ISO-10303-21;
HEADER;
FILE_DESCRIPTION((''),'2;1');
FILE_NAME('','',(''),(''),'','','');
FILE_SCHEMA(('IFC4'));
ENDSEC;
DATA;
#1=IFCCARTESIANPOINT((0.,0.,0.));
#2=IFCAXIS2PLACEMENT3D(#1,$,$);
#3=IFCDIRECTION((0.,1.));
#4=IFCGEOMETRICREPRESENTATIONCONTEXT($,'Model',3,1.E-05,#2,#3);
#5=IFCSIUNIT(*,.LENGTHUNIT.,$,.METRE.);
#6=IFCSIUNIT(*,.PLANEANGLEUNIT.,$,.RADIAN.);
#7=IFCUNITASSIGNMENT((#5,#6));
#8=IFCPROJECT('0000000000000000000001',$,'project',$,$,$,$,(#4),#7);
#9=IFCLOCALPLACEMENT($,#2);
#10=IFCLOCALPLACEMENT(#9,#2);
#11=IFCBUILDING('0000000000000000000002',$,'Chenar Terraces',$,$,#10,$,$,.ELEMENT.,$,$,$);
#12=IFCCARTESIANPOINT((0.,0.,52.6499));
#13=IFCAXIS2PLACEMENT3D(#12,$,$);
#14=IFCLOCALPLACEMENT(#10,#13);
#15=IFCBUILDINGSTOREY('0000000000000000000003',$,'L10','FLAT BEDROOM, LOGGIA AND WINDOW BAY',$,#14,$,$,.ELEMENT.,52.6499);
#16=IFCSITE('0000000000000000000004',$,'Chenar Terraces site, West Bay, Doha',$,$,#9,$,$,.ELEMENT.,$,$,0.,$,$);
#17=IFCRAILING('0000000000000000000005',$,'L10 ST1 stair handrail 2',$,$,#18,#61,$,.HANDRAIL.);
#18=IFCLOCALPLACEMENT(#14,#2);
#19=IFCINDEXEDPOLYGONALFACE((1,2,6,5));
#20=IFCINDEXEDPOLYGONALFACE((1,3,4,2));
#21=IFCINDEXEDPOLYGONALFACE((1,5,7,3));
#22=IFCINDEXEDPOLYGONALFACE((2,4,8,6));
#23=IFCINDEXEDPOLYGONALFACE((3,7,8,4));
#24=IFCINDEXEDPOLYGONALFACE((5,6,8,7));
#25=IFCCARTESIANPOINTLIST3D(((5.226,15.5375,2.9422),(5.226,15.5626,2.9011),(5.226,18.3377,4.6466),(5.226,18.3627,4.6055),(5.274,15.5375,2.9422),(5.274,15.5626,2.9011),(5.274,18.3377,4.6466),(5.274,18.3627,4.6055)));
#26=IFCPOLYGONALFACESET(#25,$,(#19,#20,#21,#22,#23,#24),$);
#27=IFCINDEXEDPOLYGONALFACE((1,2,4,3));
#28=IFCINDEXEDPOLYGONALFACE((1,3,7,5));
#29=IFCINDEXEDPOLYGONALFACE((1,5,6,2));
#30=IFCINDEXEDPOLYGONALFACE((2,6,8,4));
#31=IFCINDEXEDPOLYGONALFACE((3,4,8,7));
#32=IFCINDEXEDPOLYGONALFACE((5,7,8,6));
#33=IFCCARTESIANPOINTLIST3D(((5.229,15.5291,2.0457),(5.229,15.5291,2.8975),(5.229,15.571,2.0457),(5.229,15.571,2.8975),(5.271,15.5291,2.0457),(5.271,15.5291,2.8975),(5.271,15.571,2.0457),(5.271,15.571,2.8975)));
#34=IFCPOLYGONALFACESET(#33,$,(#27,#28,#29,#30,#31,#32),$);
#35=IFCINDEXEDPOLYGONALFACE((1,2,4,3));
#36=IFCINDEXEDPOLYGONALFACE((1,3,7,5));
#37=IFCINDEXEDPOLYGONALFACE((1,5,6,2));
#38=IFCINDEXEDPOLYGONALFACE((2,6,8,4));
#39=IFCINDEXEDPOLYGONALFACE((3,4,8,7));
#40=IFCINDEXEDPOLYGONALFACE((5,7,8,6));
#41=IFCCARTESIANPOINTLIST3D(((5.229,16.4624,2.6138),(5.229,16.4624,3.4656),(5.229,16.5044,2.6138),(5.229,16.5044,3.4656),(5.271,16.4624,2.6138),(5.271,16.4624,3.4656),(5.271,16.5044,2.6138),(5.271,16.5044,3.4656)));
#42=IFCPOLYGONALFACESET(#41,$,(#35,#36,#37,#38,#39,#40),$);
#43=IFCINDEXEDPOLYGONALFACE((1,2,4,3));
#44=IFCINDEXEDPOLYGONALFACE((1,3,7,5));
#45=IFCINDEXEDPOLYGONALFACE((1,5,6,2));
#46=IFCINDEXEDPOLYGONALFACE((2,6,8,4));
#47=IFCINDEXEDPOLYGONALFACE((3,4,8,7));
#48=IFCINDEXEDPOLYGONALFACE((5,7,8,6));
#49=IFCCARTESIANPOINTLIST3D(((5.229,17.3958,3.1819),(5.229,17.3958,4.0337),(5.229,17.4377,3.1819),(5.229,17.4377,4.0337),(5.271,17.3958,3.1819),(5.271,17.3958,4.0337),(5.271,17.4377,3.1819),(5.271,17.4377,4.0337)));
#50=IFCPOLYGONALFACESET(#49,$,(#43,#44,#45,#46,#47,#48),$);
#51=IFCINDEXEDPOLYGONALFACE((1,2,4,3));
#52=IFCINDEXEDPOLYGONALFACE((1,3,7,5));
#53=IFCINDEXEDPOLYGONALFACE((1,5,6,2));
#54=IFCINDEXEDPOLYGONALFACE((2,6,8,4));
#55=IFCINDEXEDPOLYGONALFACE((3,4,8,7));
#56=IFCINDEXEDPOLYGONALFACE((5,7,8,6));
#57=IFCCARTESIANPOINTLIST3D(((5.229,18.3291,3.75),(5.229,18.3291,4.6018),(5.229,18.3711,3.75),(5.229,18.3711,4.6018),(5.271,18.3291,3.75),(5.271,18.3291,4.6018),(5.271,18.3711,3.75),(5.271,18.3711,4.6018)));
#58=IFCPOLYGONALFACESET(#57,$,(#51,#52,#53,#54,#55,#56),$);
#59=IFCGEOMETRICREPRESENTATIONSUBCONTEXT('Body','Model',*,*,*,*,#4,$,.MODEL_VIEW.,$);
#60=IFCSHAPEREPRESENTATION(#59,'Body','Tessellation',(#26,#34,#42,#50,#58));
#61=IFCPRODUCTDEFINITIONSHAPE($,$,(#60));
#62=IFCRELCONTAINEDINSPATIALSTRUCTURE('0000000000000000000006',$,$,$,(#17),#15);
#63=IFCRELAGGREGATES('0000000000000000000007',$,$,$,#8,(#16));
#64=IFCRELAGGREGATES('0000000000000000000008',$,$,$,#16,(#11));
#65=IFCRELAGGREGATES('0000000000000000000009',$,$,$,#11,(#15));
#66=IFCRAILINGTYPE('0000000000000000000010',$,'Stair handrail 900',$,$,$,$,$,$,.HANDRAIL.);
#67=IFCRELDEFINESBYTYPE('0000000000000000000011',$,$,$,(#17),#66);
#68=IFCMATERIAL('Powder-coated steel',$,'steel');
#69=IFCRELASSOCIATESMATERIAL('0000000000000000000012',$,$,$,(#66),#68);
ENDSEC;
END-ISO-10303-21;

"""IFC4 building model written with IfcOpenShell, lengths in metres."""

from ifc_helpers import new_model, si_unit, direction, frame, origin, origin_2d, place, context, subcontext, project, spatial, rectangle, extrude, material, type_object, element, save


model = new_model("IFC4")

# Units and contexts
model_context = context("Model", 3, precision=1e-05, world=origin(), true_north=direction((0.0, 1.0)))
body_context = subcontext(model_context, "Body", "Model", "MODEL_VIEW")
ifc_project = project(units=[si_unit("LENGTHUNIT", "METRE"), si_unit("PLANEANGLEUNIT", "RADIAN")], contexts=[model_context])

# Site, building, storey
site_placement = place(None, origin())
site = spatial("IfcSite", under=ifc_project, at=site_placement, Name="Chenar Terraces site, West Bay, Doha", CompositionType="ELEMENT", RefElevation=0.0)
building_placement = place(site_placement, origin())
building = spatial("IfcBuilding", under=site, at=building_placement, Name="Chenar Terraces", CompositionType="ELEMENT")
storey_placement = place(building_placement, frame((0.0, 0.0, 52.6499)))
storey = spatial("IfcBuildingStorey", under=building, at=storey_placement, Name="L10", Description="FLAT BEDROOM, LOGGIA AND WINDOW BAY", CompositionType="ELEMENT", Elevation=52.6499)

# Railing
ifc_material_1 = material(Name="Powder-coated steel", Category="steel")
railing_type_1 = type_object("IfcRailingType", Name="Stair handrail 900", PredefinedType="HANDRAIL", material=ifc_material_1)
railing_1_placement = place(storey_placement, frame((5.25, 15.55, 2.0457)))
element("IfcRailing", 1, at=railing_1_placement, inside=storey, type_object=railing_type_1, Name="L10 ST1 stair handrail 2", PredefinedType="HANDRAIL", context=body_context, shape_type="SweptSolid", body=[
    extrude(rectangle(XDim=0.0481, YDim=0.0481, at=origin_2d()), frame((0.0, 0.0, 0.876), z_axis=(0.0, 0.854203, 0.51994), x_axis=(-1.0, 0.0, 0.0)), (0.0, 0.0, 1.0), 3.2781),
    extrude(rectangle(XDim=0.042, YDim=0.042, at=origin_2d()), origin(), (0.0, 0.0, 1.0), 0.8518),
    extrude(rectangle(XDim=0.042, YDim=0.042, at=origin_2d()), frame((0.0, 0.9333, 0.5681)), (0.0, 0.0, 1.0), 0.8518),
    extrude(rectangle(XDim=0.042, YDim=0.042, at=origin_2d()), frame((0.0, 1.8667, 1.1362)), (0.0, 0.0, 1.0), 0.8518),
    extrude(rectangle(XDim=0.042, YDim=0.042, at=origin_2d()), frame((0.0, 2.8, 1.7043)), (0.0, 0.0, 1.0), 0.8518),
])

save(model, "model.ifc")
